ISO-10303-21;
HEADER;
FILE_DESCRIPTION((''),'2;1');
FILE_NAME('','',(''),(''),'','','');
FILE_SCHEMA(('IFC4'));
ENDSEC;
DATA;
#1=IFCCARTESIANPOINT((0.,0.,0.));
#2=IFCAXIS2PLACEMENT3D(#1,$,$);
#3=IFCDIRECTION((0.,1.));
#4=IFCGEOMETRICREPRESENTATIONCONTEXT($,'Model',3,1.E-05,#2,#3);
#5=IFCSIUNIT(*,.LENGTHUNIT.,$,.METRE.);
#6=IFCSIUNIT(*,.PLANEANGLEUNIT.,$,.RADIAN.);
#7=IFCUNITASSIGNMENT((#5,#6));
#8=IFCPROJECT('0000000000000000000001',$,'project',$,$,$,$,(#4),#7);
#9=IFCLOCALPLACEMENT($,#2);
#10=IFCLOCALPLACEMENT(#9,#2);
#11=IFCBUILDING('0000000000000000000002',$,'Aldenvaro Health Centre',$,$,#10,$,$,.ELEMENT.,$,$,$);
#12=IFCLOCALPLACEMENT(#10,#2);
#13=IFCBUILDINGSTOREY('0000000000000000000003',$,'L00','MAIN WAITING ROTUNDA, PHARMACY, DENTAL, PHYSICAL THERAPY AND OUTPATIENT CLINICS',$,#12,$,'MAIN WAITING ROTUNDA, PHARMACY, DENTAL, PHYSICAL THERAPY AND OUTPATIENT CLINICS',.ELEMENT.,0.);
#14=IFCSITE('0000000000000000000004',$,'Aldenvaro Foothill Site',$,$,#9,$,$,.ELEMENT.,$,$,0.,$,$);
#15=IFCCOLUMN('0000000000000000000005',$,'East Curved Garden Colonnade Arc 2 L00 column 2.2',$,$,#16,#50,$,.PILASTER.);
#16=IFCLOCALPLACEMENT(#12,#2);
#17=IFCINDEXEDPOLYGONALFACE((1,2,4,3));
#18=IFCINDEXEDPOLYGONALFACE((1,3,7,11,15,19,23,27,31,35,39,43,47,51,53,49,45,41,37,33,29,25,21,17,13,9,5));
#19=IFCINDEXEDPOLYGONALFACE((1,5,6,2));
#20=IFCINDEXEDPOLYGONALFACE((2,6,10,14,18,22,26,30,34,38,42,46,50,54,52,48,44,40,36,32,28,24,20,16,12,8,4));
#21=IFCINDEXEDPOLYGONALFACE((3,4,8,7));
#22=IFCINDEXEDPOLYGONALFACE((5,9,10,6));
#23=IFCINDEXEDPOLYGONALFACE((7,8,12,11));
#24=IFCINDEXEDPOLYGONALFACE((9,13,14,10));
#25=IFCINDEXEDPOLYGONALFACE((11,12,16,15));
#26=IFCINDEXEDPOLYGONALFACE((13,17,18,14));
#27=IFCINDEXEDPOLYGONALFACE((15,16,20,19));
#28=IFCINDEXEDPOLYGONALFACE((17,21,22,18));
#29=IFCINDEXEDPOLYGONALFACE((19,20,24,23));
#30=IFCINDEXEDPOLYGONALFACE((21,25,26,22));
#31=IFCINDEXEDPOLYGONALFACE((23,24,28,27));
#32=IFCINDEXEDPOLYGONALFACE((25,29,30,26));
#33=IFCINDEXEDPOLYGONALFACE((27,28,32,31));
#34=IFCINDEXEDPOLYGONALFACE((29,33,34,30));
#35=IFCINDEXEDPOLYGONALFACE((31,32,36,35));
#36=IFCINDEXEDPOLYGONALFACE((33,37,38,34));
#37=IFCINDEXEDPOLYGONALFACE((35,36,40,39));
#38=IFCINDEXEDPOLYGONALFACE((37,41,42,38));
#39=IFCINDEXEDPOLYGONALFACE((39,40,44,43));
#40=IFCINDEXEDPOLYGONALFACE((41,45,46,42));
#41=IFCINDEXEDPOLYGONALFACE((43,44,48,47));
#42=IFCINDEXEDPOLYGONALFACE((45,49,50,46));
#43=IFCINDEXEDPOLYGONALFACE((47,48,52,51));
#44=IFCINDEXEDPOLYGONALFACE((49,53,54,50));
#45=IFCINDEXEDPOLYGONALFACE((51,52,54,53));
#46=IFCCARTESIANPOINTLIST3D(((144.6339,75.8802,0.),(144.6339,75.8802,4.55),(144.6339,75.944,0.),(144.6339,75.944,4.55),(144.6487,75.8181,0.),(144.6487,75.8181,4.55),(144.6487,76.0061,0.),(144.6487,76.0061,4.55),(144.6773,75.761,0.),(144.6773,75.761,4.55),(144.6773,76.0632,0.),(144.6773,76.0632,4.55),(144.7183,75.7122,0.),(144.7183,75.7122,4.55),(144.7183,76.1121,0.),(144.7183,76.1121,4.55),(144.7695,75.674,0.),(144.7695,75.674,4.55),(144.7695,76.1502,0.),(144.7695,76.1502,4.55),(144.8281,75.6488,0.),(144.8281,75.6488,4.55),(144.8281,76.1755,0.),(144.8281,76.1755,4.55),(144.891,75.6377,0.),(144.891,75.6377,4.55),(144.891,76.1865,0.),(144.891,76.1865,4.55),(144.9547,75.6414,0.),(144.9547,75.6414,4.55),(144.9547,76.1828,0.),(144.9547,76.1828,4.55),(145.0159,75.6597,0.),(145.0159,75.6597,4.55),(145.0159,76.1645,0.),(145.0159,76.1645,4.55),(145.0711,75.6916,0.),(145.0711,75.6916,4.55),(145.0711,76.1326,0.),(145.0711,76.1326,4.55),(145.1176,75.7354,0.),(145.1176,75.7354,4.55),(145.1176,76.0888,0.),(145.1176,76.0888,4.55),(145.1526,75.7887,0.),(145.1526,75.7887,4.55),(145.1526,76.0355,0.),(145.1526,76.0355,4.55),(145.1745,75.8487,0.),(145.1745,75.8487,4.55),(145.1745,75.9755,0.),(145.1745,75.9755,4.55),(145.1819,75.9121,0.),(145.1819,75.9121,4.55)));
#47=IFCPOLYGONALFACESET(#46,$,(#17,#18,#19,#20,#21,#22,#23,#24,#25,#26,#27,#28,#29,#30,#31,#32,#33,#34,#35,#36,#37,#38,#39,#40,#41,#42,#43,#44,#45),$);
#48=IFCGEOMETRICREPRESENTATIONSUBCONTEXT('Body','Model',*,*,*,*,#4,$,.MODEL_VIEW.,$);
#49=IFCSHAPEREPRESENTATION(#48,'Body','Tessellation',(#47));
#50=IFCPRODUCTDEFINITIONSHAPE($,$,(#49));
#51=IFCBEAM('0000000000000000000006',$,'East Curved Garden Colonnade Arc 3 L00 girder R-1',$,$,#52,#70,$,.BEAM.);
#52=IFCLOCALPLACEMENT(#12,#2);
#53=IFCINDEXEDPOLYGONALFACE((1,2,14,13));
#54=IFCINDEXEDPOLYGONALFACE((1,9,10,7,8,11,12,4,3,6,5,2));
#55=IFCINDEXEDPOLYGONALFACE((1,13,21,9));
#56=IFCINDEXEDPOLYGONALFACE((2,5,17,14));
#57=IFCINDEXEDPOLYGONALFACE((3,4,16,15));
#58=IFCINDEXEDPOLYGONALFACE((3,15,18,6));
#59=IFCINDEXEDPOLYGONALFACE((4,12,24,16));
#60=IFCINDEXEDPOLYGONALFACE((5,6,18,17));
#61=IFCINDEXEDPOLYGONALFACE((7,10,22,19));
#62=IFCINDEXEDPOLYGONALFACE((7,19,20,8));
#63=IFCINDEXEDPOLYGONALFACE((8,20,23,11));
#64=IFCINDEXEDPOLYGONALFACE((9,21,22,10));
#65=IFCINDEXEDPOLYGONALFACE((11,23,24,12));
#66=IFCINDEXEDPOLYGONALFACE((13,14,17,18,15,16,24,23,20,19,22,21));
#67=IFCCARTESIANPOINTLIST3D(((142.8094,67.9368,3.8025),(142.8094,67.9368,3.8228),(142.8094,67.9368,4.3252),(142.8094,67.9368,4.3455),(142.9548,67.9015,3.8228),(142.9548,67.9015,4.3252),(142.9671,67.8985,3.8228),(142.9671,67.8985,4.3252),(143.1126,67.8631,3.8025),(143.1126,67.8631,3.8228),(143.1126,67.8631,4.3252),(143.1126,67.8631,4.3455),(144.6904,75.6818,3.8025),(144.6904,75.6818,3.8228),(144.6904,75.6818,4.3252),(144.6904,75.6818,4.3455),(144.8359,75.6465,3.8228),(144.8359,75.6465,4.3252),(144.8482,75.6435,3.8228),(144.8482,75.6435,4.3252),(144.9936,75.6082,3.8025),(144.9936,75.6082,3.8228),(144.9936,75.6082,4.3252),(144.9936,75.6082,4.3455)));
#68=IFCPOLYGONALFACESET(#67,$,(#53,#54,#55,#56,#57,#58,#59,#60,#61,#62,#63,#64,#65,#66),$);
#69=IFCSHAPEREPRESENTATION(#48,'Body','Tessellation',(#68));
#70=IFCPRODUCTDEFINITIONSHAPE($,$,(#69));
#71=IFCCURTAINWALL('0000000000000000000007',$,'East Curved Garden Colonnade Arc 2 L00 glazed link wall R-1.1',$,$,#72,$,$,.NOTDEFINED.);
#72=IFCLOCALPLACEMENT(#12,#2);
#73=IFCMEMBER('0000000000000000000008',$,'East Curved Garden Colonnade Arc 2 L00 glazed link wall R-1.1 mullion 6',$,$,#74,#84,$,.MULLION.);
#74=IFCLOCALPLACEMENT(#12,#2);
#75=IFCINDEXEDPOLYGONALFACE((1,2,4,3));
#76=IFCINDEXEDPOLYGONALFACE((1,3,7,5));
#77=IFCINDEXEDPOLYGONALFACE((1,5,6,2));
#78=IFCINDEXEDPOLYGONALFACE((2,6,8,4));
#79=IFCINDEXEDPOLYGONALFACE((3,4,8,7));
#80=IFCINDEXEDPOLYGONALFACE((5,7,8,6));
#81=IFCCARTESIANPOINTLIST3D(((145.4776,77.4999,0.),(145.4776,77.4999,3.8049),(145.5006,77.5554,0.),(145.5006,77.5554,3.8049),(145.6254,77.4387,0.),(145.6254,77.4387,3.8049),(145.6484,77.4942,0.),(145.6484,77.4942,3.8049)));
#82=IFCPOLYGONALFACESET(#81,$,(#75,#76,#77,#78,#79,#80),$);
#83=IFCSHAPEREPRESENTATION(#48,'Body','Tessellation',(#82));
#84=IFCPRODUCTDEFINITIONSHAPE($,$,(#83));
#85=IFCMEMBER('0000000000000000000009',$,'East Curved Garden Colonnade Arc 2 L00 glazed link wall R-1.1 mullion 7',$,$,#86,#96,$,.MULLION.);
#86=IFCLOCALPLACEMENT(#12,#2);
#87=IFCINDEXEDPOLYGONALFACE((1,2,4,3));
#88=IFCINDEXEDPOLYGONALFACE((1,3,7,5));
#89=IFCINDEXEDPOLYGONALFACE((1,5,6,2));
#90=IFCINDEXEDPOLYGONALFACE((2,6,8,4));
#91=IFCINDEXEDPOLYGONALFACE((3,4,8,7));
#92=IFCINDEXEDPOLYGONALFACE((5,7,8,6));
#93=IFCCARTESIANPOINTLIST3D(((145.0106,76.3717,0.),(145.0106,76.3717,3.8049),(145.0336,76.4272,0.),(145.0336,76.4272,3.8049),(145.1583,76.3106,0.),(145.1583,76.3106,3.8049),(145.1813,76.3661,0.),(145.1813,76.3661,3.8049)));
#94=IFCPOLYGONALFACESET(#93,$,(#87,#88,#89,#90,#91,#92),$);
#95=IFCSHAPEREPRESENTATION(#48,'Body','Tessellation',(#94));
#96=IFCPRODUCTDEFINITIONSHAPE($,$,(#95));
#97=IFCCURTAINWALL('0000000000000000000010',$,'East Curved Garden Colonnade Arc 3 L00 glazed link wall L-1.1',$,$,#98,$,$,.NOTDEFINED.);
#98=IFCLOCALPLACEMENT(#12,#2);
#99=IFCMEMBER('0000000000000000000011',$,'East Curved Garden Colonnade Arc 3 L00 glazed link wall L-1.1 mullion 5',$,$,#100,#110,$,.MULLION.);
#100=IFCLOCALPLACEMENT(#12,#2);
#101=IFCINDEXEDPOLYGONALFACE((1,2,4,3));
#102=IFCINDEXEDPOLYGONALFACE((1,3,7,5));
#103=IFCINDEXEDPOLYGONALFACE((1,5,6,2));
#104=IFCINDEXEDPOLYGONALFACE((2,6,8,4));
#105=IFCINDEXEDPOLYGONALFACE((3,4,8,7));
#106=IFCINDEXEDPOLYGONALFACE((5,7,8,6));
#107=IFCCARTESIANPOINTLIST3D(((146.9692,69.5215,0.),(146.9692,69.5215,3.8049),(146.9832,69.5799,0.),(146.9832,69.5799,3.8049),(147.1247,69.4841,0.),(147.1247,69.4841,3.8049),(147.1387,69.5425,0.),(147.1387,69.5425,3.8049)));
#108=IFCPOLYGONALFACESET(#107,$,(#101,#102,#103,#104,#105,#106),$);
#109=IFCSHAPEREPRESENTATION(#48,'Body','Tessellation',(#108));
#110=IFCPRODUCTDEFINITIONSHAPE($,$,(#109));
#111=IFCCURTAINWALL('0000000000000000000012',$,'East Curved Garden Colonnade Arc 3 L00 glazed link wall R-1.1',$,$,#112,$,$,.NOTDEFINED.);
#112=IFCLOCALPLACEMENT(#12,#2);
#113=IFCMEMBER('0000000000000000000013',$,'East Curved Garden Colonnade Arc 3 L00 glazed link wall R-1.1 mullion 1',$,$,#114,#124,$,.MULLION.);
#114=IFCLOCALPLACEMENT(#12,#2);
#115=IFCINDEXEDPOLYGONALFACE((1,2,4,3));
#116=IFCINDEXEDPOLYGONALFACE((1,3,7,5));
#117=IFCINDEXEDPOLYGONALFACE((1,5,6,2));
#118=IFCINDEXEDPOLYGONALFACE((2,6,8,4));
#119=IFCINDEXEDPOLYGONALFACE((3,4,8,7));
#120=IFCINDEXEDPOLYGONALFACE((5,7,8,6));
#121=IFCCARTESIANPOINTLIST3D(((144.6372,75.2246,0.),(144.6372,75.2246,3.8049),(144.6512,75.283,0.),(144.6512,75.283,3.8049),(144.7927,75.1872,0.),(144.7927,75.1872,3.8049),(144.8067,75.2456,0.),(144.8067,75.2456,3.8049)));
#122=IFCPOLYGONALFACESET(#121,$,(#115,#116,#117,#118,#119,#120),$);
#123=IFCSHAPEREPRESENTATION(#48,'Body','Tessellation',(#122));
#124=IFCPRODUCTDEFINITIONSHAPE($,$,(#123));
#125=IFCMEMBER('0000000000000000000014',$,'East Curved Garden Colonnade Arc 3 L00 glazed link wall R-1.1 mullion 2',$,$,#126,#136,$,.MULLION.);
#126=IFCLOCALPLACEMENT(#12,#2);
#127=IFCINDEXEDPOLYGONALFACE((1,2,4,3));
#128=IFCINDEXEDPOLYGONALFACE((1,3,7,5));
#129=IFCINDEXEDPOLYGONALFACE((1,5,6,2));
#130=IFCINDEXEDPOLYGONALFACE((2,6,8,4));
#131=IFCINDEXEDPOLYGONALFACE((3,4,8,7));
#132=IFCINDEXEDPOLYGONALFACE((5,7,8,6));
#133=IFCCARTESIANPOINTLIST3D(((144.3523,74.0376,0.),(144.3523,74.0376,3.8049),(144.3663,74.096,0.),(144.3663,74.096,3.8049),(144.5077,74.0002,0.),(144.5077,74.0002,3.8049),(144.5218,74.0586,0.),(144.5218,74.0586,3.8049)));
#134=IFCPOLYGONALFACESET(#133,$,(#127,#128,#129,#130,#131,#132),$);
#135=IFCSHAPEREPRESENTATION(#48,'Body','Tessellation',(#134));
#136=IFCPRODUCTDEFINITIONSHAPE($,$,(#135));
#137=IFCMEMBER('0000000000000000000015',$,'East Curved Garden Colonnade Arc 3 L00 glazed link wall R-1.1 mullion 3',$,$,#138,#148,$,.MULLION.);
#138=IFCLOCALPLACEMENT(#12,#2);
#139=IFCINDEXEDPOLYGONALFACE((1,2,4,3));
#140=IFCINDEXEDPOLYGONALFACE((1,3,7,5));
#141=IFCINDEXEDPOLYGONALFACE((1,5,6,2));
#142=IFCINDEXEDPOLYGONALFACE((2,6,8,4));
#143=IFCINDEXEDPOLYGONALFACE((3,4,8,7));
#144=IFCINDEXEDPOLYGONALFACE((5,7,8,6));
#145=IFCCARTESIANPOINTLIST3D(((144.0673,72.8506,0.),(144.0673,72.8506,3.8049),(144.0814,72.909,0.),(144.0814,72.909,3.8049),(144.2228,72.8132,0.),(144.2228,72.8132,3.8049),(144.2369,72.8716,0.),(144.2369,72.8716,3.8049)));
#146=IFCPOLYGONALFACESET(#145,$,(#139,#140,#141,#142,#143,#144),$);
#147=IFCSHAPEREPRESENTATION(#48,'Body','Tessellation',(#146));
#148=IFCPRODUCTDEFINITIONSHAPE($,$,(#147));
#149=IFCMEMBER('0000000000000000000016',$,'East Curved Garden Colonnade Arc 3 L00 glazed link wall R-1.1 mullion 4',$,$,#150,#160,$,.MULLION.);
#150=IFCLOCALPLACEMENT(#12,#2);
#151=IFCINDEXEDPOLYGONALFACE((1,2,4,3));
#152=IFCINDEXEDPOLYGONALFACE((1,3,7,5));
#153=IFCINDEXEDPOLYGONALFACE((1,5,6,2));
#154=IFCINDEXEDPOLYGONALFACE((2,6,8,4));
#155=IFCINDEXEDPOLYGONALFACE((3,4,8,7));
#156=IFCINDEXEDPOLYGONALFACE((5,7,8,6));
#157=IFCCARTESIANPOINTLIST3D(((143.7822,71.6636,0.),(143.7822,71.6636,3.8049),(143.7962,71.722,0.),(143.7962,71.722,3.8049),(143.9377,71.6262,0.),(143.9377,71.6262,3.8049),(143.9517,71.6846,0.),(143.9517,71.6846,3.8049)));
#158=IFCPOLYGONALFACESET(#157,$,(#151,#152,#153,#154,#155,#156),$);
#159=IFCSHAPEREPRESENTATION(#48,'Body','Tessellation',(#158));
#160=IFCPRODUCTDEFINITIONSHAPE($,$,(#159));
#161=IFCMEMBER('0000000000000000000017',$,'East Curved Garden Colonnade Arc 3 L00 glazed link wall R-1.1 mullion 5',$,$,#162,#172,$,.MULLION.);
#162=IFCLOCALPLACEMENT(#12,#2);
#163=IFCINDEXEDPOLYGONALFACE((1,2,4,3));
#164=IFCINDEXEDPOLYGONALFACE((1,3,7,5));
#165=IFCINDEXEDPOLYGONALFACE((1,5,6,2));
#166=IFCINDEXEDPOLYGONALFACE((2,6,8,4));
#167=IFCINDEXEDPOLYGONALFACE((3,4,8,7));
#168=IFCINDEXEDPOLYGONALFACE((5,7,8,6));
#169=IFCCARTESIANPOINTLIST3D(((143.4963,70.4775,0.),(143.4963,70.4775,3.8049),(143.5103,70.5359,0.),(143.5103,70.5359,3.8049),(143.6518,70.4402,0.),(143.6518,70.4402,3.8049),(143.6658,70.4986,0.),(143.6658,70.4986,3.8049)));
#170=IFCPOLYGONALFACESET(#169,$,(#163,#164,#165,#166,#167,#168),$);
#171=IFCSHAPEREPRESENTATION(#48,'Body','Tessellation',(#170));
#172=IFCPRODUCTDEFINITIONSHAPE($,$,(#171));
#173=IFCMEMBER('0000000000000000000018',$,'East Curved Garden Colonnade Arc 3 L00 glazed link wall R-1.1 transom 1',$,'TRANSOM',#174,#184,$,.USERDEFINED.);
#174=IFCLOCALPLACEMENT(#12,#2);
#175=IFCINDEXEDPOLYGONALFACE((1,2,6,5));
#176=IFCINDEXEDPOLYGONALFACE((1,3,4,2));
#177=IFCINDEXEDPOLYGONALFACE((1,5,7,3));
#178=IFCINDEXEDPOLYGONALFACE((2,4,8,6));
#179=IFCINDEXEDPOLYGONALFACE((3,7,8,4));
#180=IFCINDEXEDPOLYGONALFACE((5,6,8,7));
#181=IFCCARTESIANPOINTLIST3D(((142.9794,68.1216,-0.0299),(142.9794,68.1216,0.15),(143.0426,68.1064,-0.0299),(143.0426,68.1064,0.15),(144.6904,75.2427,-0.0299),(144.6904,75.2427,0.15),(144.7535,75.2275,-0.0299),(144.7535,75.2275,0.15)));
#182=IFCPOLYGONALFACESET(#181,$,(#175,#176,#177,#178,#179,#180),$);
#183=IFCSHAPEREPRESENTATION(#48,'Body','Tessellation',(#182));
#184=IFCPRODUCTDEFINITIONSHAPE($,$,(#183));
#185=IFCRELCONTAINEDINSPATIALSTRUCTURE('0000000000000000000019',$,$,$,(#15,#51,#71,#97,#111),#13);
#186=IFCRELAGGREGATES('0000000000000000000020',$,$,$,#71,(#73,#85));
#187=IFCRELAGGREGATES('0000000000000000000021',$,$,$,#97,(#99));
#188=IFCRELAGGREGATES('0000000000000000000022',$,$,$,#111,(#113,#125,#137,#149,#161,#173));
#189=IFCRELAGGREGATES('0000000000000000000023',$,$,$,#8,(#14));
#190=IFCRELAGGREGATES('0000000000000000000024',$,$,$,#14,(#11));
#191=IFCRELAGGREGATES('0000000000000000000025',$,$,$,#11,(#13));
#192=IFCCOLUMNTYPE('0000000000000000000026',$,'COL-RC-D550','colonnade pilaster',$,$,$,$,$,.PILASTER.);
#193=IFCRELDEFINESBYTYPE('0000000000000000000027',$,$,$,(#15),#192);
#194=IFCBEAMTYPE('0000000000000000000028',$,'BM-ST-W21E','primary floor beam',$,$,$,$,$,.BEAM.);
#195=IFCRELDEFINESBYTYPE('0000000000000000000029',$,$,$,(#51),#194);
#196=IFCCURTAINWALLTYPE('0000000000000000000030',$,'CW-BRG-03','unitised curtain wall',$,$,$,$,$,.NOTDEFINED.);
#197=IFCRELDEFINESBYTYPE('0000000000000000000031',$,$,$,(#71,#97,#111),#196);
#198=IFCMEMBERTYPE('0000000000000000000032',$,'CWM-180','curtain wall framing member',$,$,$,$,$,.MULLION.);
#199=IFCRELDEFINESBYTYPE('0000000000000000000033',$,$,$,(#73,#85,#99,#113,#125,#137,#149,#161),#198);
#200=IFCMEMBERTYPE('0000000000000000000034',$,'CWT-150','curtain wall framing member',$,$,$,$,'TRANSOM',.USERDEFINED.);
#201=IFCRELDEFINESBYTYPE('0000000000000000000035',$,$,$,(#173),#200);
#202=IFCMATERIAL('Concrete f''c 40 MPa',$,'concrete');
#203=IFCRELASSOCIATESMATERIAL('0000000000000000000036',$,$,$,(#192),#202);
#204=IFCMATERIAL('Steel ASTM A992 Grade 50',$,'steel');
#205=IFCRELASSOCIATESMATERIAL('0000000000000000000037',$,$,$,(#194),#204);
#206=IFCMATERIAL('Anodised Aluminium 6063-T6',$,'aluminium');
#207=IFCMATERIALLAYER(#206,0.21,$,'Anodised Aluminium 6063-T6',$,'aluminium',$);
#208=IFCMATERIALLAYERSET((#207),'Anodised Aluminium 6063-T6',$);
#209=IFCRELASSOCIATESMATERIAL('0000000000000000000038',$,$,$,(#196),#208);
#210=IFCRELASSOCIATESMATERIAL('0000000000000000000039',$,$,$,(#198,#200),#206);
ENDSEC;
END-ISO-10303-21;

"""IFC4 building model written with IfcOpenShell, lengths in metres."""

from ifc_helpers import new_model, si_unit, direction, frame, origin, origin_2d, place, context, subcontext, project, spatial, rectangle, circle, i_section, extrude, material, layer, layer_set, material_profile, profile_set, type_object, element, aggregate, save


model = new_model("IFC4")

# Units and contexts
model_context = context("Model", 3, precision=1e-05, world=origin(), true_north=direction((0.0, 1.0)))
body_context = subcontext(model_context, "Body", "Model", "MODEL_VIEW")
ifc_project = project(units=[si_unit("LENGTHUNIT", "METRE"), si_unit("PLANEANGLEUNIT", "RADIAN")], contexts=[model_context])

# Site, building, storey
site_placement = place(None, origin())
site = spatial("IfcSite", under=ifc_project, at=site_placement, Name="Aldenvaro Foothill Site", CompositionType="ELEMENT", RefElevation=0.0)
building_placement = place(site_placement, origin())
building = spatial("IfcBuilding", under=site, at=building_placement, Name="Aldenvaro Health Centre", CompositionType="ELEMENT")
storey_placement = place(building_placement, origin())
storey = spatial("IfcBuildingStorey", under=building, at=storey_placement, Name="L00", Description="MAIN WAITING ROTUNDA, PHARMACY, DENTAL, PHYSICAL THERAPY AND OUTPATIENT CLINICS", LongName="MAIN WAITING ROTUNDA, PHARMACY, DENTAL, PHYSICAL THERAPY AND OUTPATIENT CLINICS", CompositionType="ELEMENT", Elevation=0.0)

# Column
ifc_material_1 = material(Name="Concrete f'c 40 MPa", Category="concrete")
ifc_material_profile_1 = material_profile(ifc_material_1, circle(Radius=0.2749, at=origin_2d()), Name="RC D550", Category="concrete")
ifc_profile_set_1 = profile_set([ifc_material_profile_1], Name="Concrete f'c 40 MPa")
column_type = type_object("IfcColumnType", Name="COL-RC-D550", Description="colonnade pilaster", PredefinedType="PILASTER", material=ifc_profile_set_1)
column_placement = place(storey_placement, frame((144.907, 75.9121, 0.0), z_axis=(0.0, 0.0, 1.0), x_axis=(1.0, 0.0, 0.0)))
element("IfcColumn", 1, at=column_placement, inside=storey, type_object=column_type, Name="East Curved Garden Colonnade Arc 2 L00 column 2.2", PredefinedType="PILASTER", context=body_context, shape_type="SweptSolid", body=[
    extrude(circle(Radius=0.2749, at=origin_2d()), origin(), (0.0, 0.0, 1.0), 4.55),
])

# Beam
ifc_material_2 = material(Name="Steel ASTM A992 Grade 50", Category="steel")
ifc_material_profile_2 = material_profile(ifc_material_2, i_section(OverallWidth=0.312, OverallDepth=0.543, WebThickness=0.0127, FlangeThickness=0.0203, at=origin_2d()), Name="W21X101", Category="steel")
ifc_profile_set_2 = profile_set([ifc_material_profile_2], Name="Steel ASTM A992 Grade 50")
beam_type = type_object("IfcBeamType", Name="BM-ST-W21E", Description="primary floor beam", PredefinedType="BEAM", material=ifc_profile_set_2)
beam_placement = place(storey_placement, frame((144.842, 75.645, 4.074), z_axis=(-0.236015, -0.971749, 0.0), x_axis=(0.971749, -0.236015, 0.0)))
element("IfcBeam", 2, at=beam_placement, inside=storey, type_object=beam_type, Name="East Curved Garden Colonnade Arc 3 L00 girder R-1", PredefinedType="BEAM", context=body_context, shape_type="SweptSolid", body=[
    extrude(i_section(OverallWidth=0.312, OverallDepth=0.543, WebThickness=0.0127, FlangeThickness=0.0203, at=origin_2d()), origin(), (0.0, 0.0, 1.0), 7.9702),
])

# Curtain wall, members
ifc_material_3 = material(Name="Anodised Aluminium 6063-T6", Category="aluminium")
ifc_layer_1 = layer(ifc_material_3, 0.21, Name="Anodised Aluminium 6063-T6", Category="aluminium")
ifc_layer_set_1 = layer_set([ifc_layer_1], Name="Anodised Aluminium 6063-T6")
curtain_wall_type = type_object("IfcCurtainWallType", Name="CW-BRG-03", Description="unitised curtain wall", PredefinedType="NOTDEFINED", material=ifc_layer_set_1)
curtain_wall_1_placement = place(storey_placement, origin())
curtain_wall_1 = element("IfcCurtainWall", 3, at=curtain_wall_1_placement, inside=storey, type_object=curtain_wall_type, Name="East Curved Garden Colonnade Arc 2 L00 glazed link wall R-1.1", PredefinedType="NOTDEFINED")
ifc_material_profile_3 = material_profile(ifc_material_3, rectangle(XDim=0.0601, YDim=0.1599, at=origin_2d()), Name="ALU 60x160", Category="aluminium")
ifc_profile_set_3 = profile_set([ifc_material_profile_3], Name="Anodised Aluminium 6063-T6")
member_type_1 = type_object("IfcMemberType", Name="CWM-180", Description="curtain wall framing member", PredefinedType="MULLION", material=ifc_profile_set_3)
member_1_placement = place(storey_placement, frame((145.563, 77.4971, 0.0), z_axis=(0.0, 0.0, 1.0), x_axis=(-0.382569, -0.923927, 0.0)))
member_1 = element("IfcMember", 4, at=member_1_placement, type_object=member_type_1, Name="East Curved Garden Colonnade Arc 2 L00 glazed link wall R-1.1 mullion 6", PredefinedType="MULLION", context=body_context, shape_type="SweptSolid", body=[
    extrude(rectangle(XDim=0.0601, YDim=0.1599, at=origin_2d()), origin(), (0.0, 0.0, 1.0), 3.8049),
])
member_2_placement = place(storey_placement, frame((145.0959, 76.3689, 0.0), z_axis=(0.0, 0.0, 1.0), x_axis=(-0.382569, -0.923927, 0.0)))
member_2 = element("IfcMember", 5, at=member_2_placement, type_object=member_type_1, Name="East Curved Garden Colonnade Arc 2 L00 glazed link wall R-1.1 mullion 7", PredefinedType="MULLION", context=body_context, shape_type="SweptSolid", body=[
    extrude(rectangle(XDim=0.0601, YDim=0.1599, at=origin_2d()), origin(), (0.0, 0.0, 1.0), 3.8049),
])

# Curtain wall, member
curtain_wall_2_placement = place(storey_placement, origin())
curtain_wall_2 = element("IfcCurtainWall", 6, at=curtain_wall_2_placement, inside=storey, type_object=curtain_wall_type, Name="East Curved Garden Colonnade Arc 3 L00 glazed link wall L-1.1", PredefinedType="NOTDEFINED")
member_3_placement = place(storey_placement, frame((147.054, 69.532, 0.0), z_axis=(0.0, 0.0, 1.0), x_axis=(-0.233541, -0.972347, 0.0)))
member_3 = element("IfcMember", 7, at=member_3_placement, type_object=member_type_1, Name="East Curved Garden Colonnade Arc 3 L00 glazed link wall L-1.1 mullion 5", PredefinedType="MULLION", context=body_context, shape_type="SweptSolid", body=[
    extrude(rectangle(XDim=0.0601, YDim=0.1599, at=origin_2d()), origin(), (0.0, 0.0, 1.0), 3.8049),
])

# Curtain wall, members
curtain_wall_3_placement = place(storey_placement, origin())
curtain_wall_3 = element("IfcCurtainWall", 8, at=curtain_wall_3_placement, inside=storey, type_object=curtain_wall_type, Name="East Curved Garden Colonnade Arc 3 L00 glazed link wall R-1.1", PredefinedType="NOTDEFINED")
member_4_placement = place(storey_placement, frame((144.7219, 75.2351, 0.0), z_axis=(0.0, 0.0, 1.0), x_axis=(-0.233626, -0.972327, 0.0)))
member_4 = element("IfcMember", 9, at=member_4_placement, type_object=member_type_1, Name="East Curved Garden Colonnade Arc 3 L00 glazed link wall R-1.1 mullion 1", PredefinedType="MULLION", context=body_context, shape_type="SweptSolid", body=[
    extrude(rectangle(XDim=0.0601, YDim=0.1599, at=origin_2d()), origin(), (0.0, 0.0, 1.0), 3.8049),
])
member_5_placement = place(storey_placement, frame((144.437, 74.0481, 0.0), z_axis=(0.0, 0.0, 1.0), x_axis=(-0.233626, -0.972327, 0.0)))
member_5 = element("IfcMember", 10, at=member_5_placement, type_object=member_type_1, Name="East Curved Garden Colonnade Arc 3 L00 glazed link wall R-1.1 mullion 2", PredefinedType="MULLION", context=body_context, shape_type="SweptSolid", body=[
    extrude(rectangle(XDim=0.0601, YDim=0.1599, at=origin_2d()), origin(), (0.0, 0.0, 1.0), 3.8049),
])
member_6_placement = place(storey_placement, frame((144.1521, 72.8611, 0.0), z_axis=(0.0, 0.0, 1.0), x_axis=(-0.233626, -0.972327, 0.0)))
member_6 = element("IfcMember", 11, at=member_6_placement, type_object=member_type_1, Name="East Curved Garden Colonnade Arc 3 L00 glazed link wall R-1.1 mullion 3", PredefinedType="MULLION", context=body_context, shape_type="SweptSolid", body=[
    extrude(rectangle(XDim=0.0601, YDim=0.1599, at=origin_2d()), origin(), (0.0, 0.0, 1.0), 3.8049),
])
member_7_placement = place(storey_placement, frame((143.8669, 71.6741, 0.0), z_axis=(0.0, 0.0, 1.0), x_axis=(-0.233626, -0.972327, 0.0)))
member_7 = element("IfcMember", 12, at=member_7_placement, type_object=member_type_1, Name="East Curved Garden Colonnade Arc 3 L00 glazed link wall R-1.1 mullion 4", PredefinedType="MULLION", context=body_context, shape_type="SweptSolid", body=[
    extrude(rectangle(XDim=0.0601, YDim=0.1599, at=origin_2d()), origin(), (0.0, 0.0, 1.0), 3.8049),
])
member_8_placement = place(storey_placement, frame((143.5811, 70.488, 0.0), z_axis=(0.0, 0.0, 1.0), x_axis=(-0.233626, -0.972327, 0.0)))
member_8 = element("IfcMember", 13, at=member_8_placement, type_object=member_type_1, Name="East Curved Garden Colonnade Arc 3 L00 glazed link wall R-1.1 mullion 5", PredefinedType="MULLION", context=body_context, shape_type="SweptSolid", body=[
    extrude(rectangle(XDim=0.0601, YDim=0.1599, at=origin_2d()), origin(), (0.0, 0.0, 1.0), 3.8049),
])
ifc_material_profile_4 = material_profile(ifc_material_3, rectangle(XDim=0.0649, YDim=0.1799, at=origin_2d()), Name="ALU 65x180", Category="aluminium")
ifc_profile_set_4 = profile_set([ifc_material_profile_4], Name="Anodised Aluminium 6063-T6")
member_type_2 = type_object("IfcMemberType", Name="CWT-150", Description="curtain wall framing member", ElementType="TRANSOM", PredefinedType="USERDEFINED", material=ifc_profile_set_4)
member_9_placement = place(storey_placement, frame((144.7219, 75.2351, 0.0601), z_axis=(-0.233615, -0.972329, 0.0), x_axis=(0.972329, -0.233615, 0.0)))
member_9 = element("IfcMember", 14, at=member_9_placement, type_object=member_type_2, Name="East Curved Garden Colonnade Arc 3 L00 glazed link wall R-1.1 transom 1", ObjectType="TRANSOM", PredefinedType="USERDEFINED", context=body_context, shape_type="SweptSolid", body=[
    extrude(rectangle(XDim=0.0649, YDim=0.1799, at=origin_2d()), origin(), (0.0, 0.0, 1.0), 7.3237),
])

aggregate(curtain_wall_1, [member_1, member_2])
aggregate(curtain_wall_2, [member_3])
aggregate(curtain_wall_3, [member_4, member_5, member_6, member_7, member_8, member_9])

save(model, "model.ifc")
